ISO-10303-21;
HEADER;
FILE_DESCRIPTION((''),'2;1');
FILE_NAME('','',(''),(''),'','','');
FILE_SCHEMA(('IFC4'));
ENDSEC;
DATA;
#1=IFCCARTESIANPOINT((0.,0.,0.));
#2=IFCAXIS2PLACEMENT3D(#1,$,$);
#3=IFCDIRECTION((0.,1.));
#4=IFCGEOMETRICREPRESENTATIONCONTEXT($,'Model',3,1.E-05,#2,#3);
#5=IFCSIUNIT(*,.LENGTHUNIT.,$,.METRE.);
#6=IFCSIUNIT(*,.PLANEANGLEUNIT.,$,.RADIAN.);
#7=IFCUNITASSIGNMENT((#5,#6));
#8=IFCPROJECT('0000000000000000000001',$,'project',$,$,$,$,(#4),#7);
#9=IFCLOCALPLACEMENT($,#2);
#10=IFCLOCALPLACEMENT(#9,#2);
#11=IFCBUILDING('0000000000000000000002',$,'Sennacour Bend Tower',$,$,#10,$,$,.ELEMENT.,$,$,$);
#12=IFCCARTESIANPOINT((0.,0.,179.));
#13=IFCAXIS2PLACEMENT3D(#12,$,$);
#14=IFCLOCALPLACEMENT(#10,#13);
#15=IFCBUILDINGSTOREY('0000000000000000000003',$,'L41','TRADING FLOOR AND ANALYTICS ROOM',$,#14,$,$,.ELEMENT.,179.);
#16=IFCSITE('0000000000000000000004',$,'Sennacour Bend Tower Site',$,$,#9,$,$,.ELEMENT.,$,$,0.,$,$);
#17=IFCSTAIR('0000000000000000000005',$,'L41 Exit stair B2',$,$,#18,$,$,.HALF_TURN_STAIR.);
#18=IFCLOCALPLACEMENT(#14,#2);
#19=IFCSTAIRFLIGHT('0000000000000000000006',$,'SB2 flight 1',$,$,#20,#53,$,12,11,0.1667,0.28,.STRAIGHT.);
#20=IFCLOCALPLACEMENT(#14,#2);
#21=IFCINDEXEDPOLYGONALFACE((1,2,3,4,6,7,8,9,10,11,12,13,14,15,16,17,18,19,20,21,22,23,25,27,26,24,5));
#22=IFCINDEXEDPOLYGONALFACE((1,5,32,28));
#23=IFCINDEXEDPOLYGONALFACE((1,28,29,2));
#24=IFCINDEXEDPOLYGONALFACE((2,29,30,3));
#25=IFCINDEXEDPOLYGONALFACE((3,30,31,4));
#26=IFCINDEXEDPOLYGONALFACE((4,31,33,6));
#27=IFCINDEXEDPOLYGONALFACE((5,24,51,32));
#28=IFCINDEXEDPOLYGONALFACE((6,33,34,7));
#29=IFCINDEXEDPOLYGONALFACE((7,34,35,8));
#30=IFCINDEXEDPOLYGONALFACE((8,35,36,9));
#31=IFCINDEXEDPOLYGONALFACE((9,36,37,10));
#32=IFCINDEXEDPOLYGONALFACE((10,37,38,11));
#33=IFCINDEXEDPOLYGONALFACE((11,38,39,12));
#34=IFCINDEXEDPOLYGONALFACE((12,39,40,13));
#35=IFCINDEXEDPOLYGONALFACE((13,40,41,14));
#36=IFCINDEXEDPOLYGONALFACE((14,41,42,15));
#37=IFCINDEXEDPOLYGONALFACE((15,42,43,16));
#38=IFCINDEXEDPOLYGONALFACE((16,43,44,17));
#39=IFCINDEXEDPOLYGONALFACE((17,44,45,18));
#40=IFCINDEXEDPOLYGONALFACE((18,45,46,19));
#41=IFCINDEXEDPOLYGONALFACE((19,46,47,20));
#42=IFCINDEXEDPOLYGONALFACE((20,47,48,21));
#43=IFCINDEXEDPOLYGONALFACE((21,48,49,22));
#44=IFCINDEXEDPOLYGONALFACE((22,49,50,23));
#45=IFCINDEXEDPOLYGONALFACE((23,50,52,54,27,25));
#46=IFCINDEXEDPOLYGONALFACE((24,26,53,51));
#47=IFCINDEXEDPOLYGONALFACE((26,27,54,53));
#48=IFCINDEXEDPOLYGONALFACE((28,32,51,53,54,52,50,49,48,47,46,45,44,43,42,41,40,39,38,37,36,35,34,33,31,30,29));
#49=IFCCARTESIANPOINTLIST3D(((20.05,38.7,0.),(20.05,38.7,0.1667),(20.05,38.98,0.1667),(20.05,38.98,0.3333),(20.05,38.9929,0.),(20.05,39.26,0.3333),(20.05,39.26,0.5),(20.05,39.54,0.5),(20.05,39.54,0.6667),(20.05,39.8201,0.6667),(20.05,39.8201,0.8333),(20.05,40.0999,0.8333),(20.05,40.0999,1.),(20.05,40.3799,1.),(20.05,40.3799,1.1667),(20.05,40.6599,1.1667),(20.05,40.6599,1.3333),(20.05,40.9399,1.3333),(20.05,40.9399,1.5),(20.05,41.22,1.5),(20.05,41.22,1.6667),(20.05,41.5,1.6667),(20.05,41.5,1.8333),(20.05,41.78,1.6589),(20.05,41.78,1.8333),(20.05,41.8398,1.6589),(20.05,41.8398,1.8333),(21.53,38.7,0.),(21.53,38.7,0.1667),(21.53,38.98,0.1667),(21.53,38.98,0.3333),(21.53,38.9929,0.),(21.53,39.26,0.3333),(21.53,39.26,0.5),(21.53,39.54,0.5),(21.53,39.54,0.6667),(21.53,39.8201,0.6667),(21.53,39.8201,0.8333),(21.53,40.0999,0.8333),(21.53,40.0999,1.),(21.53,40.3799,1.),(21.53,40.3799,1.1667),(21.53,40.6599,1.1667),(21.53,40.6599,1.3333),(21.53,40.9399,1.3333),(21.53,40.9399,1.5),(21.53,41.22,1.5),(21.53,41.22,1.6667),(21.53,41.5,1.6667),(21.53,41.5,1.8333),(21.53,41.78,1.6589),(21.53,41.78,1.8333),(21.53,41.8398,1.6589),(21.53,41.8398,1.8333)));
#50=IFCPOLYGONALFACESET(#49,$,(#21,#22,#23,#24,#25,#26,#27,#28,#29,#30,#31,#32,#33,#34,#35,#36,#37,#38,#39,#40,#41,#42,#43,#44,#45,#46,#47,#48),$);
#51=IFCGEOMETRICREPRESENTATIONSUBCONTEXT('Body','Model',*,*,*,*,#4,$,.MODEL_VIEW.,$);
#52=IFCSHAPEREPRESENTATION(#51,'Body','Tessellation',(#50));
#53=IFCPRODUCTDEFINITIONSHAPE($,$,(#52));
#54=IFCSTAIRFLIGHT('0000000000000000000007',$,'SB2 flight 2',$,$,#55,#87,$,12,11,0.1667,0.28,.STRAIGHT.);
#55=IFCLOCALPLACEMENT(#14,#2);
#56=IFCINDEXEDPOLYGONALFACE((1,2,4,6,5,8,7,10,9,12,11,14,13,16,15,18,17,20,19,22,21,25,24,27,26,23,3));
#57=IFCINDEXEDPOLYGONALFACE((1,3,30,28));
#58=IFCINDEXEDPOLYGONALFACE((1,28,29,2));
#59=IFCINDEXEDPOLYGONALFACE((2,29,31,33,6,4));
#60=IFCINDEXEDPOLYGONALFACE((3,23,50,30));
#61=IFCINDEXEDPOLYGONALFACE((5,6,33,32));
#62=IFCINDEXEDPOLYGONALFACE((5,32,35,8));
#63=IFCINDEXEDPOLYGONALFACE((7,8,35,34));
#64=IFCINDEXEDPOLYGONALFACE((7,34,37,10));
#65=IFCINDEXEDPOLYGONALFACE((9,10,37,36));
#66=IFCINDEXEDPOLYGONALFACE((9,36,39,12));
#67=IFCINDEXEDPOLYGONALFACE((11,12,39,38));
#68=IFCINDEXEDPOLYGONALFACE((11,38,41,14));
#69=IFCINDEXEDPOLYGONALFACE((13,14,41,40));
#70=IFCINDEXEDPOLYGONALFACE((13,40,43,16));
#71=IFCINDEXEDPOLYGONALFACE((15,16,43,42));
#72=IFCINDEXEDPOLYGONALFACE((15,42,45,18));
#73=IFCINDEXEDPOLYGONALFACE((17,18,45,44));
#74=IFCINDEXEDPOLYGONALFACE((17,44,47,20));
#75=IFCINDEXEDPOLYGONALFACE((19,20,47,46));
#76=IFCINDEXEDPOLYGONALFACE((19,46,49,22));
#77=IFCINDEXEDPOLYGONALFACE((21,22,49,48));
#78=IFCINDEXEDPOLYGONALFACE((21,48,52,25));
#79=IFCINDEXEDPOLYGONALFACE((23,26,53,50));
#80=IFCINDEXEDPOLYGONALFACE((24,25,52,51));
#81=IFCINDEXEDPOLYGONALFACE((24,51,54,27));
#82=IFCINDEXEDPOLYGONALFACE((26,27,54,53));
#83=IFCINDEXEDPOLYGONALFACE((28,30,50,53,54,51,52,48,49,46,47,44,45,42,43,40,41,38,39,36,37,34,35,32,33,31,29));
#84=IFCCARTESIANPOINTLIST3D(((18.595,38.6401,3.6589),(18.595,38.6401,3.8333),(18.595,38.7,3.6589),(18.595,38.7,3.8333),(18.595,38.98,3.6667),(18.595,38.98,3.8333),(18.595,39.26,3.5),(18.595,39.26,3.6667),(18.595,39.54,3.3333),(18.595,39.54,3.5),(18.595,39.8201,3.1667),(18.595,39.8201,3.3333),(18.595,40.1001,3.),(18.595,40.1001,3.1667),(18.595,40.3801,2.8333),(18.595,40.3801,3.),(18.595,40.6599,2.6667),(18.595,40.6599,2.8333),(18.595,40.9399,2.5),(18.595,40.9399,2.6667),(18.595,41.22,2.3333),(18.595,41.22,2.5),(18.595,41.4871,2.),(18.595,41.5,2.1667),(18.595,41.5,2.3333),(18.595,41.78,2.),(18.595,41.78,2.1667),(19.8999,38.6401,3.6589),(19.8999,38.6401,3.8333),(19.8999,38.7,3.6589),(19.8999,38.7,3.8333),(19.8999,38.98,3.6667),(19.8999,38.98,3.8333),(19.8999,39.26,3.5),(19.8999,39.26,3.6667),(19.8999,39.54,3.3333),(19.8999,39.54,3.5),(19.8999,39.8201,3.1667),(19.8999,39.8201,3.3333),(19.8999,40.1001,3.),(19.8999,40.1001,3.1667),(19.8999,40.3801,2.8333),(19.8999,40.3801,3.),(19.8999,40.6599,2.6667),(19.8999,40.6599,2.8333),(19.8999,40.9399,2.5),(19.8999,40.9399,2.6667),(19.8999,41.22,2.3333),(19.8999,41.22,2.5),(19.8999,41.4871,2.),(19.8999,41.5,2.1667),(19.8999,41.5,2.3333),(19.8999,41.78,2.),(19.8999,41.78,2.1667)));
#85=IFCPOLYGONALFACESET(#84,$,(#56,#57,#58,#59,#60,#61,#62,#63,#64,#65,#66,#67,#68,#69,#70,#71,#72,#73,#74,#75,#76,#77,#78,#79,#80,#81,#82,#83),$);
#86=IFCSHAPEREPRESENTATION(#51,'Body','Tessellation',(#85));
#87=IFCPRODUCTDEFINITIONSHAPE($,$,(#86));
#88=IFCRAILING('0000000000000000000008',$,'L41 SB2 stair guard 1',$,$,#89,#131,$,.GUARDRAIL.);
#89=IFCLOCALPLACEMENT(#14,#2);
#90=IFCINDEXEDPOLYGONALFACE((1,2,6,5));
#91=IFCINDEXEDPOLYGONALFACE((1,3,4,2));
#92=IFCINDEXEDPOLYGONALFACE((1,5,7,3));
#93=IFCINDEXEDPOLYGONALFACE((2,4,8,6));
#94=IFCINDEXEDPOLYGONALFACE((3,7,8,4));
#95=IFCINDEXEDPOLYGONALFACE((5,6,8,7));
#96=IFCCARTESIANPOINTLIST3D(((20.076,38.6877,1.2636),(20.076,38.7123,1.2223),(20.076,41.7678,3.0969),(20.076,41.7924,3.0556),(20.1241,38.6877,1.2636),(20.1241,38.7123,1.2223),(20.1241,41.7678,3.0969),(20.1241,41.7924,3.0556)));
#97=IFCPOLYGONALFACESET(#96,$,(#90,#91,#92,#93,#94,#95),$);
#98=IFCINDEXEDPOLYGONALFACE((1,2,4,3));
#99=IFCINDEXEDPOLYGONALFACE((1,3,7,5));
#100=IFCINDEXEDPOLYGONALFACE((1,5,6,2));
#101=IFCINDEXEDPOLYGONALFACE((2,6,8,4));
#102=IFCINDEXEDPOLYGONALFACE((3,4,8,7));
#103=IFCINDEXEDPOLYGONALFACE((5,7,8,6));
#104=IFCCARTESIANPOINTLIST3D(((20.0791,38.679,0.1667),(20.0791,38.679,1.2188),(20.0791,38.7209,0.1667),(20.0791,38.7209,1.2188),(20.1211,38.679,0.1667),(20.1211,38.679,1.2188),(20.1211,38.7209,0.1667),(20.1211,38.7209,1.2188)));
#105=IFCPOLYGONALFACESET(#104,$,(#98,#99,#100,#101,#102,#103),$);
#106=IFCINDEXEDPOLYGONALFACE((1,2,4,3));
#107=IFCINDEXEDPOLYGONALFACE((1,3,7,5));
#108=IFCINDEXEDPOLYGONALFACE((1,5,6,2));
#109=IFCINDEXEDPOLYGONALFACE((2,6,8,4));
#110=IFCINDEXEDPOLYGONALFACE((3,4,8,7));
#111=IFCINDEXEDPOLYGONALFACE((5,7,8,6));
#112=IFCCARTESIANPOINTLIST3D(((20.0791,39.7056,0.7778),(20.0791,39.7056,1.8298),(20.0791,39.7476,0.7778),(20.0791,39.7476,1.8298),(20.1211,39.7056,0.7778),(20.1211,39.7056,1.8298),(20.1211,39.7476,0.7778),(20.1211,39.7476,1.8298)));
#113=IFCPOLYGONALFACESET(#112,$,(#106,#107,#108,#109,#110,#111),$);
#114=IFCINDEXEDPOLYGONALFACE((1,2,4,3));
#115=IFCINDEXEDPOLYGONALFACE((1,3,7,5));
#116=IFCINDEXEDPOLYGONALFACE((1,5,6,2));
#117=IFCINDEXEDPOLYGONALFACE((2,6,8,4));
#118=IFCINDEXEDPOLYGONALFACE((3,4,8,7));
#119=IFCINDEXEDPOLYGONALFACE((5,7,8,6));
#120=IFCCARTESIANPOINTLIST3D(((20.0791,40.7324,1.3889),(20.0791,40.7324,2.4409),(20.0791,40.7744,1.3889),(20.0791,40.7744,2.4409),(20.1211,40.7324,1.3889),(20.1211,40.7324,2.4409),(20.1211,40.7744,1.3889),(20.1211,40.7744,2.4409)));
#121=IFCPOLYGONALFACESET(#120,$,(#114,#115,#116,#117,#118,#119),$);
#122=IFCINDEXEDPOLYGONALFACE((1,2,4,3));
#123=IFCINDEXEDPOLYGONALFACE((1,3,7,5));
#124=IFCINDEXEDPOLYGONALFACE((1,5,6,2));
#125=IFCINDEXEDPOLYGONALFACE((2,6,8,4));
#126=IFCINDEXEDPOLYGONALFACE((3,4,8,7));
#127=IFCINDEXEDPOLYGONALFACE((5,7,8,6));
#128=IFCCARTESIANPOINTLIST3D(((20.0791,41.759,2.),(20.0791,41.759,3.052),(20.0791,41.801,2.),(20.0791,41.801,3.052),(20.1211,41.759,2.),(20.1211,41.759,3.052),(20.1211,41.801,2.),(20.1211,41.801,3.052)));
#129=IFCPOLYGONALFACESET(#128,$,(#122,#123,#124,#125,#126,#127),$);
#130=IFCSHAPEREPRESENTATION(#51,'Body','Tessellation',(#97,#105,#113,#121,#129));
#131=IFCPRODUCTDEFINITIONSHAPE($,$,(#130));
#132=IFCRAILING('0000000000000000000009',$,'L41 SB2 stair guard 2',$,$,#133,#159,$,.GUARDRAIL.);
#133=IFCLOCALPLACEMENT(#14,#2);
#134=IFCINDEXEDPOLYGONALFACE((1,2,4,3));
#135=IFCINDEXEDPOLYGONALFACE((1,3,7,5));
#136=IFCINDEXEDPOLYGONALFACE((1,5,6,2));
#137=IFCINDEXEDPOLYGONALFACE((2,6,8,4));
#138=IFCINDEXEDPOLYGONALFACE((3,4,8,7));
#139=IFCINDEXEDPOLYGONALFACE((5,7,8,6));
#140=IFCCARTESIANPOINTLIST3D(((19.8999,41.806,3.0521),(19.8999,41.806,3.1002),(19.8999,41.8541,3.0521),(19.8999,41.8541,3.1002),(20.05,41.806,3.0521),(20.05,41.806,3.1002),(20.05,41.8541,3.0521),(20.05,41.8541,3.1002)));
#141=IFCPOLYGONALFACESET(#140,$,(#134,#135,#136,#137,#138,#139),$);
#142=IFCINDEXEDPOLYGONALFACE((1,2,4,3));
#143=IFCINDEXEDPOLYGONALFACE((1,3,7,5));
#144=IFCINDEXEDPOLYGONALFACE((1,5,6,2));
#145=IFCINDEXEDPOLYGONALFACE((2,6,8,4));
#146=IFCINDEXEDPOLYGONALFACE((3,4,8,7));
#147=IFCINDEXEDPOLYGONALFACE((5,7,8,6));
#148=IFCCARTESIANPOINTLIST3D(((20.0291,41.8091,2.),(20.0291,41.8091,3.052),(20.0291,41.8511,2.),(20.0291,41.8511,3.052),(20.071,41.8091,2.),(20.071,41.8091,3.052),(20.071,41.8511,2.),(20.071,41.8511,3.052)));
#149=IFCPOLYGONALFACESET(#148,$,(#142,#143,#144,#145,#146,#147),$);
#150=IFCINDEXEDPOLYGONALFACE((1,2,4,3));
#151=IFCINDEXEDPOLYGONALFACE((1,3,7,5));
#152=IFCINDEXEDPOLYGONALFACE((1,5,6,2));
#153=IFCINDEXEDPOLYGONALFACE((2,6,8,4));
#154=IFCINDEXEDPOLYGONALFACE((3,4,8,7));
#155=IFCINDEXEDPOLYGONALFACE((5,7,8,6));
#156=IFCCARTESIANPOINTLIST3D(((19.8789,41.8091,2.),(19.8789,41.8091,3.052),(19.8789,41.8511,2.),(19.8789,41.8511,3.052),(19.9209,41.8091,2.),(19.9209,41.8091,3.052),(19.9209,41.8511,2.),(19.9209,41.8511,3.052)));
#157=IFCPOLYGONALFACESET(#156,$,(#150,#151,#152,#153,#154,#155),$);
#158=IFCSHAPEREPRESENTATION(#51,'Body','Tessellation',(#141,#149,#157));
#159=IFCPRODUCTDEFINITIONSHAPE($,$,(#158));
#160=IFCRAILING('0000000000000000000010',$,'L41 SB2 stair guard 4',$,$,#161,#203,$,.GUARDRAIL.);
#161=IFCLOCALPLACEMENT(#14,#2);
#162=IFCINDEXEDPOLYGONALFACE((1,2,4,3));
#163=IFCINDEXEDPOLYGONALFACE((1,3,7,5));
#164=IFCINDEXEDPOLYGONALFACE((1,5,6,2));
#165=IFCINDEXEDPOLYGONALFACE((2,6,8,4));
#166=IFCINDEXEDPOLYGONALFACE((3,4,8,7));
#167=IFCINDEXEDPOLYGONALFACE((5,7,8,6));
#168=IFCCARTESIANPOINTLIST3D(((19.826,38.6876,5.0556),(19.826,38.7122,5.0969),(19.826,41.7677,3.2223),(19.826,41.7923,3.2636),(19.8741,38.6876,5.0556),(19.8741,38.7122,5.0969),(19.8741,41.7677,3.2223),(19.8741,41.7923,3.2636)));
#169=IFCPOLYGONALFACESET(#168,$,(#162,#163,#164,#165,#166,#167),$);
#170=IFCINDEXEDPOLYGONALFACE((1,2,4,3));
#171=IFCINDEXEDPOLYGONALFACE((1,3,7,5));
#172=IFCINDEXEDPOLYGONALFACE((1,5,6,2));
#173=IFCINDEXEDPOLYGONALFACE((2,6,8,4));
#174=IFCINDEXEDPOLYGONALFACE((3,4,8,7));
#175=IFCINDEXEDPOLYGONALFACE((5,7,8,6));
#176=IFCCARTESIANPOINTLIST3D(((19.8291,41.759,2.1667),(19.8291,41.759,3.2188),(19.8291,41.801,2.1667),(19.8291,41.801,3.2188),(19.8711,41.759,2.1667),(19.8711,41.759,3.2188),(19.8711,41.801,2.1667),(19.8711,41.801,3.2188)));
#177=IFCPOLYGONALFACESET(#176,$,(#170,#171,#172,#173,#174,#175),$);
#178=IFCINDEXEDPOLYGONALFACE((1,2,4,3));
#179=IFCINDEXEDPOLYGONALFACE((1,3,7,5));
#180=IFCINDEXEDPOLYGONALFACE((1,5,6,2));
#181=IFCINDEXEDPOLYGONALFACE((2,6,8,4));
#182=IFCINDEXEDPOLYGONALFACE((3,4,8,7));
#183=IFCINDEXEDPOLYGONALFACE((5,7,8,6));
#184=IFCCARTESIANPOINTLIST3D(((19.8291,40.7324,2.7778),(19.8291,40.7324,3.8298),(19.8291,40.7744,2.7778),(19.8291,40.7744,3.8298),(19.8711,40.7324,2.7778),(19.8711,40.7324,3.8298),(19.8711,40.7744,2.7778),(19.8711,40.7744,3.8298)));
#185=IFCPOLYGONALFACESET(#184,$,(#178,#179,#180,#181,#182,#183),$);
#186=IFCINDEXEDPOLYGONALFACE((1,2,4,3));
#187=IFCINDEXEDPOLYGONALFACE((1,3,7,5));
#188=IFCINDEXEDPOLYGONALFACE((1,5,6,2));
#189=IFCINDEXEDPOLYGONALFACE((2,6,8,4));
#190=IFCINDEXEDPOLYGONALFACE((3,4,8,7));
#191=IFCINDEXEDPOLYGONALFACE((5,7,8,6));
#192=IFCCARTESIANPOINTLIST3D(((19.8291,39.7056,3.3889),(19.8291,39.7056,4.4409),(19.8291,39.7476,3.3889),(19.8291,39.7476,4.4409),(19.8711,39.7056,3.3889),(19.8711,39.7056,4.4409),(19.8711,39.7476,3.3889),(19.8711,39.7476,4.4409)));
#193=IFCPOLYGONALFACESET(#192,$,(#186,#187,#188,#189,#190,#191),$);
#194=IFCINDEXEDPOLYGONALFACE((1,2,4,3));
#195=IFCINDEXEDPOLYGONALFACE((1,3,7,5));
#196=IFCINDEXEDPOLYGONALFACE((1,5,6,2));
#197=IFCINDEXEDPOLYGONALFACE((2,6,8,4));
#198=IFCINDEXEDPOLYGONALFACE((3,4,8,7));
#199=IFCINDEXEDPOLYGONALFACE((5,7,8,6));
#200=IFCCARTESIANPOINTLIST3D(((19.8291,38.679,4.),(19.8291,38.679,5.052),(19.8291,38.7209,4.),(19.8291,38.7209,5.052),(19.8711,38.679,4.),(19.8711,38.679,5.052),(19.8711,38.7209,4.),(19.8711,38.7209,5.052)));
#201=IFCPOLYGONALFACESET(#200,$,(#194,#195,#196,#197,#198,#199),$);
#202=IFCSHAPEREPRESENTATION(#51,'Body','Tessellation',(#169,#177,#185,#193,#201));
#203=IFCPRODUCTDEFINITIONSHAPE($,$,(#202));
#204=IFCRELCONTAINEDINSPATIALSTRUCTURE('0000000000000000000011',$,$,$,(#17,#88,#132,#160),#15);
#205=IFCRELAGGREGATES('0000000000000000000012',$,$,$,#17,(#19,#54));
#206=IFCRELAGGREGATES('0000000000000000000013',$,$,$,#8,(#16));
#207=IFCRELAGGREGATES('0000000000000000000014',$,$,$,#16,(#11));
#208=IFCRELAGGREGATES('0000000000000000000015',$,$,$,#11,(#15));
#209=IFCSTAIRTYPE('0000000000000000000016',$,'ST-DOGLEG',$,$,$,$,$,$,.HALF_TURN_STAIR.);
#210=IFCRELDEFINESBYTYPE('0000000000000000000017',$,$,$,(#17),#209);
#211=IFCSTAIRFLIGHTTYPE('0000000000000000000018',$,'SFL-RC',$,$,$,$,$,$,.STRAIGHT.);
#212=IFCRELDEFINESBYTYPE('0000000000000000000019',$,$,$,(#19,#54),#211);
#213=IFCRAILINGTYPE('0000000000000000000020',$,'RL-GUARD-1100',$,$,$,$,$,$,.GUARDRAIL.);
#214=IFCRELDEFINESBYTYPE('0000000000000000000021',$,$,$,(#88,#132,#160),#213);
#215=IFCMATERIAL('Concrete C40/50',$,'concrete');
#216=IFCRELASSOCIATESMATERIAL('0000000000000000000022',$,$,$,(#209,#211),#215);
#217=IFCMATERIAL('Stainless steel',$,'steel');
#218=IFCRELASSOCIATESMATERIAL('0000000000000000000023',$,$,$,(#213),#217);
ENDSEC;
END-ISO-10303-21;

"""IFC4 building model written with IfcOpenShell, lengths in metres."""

from ifc_helpers import new_model, si_unit, direction, frame, origin, origin_2d, place, context, subcontext, project, spatial, polyline, rectangle, outline, extrude, material, type_object, element, aggregate, save


model = new_model("IFC4")

# Units and contexts
model_context = context("Model", 3, precision=1e-05, world=origin(), true_north=direction((0.0, 1.0)))
body_context = subcontext(model_context, "Body", "Model", "MODEL_VIEW")
ifc_project = project(units=[si_unit("LENGTHUNIT", "METRE"), si_unit("PLANEANGLEUNIT", "RADIAN")], contexts=[model_context])

# Site, building, storey
site_placement = place(None, origin())
site = spatial("IfcSite", under=ifc_project, at=site_placement, Name="Sennacour Bend Tower Site", CompositionType="ELEMENT", RefElevation=0.0)
building_placement = place(site_placement, origin())
building = spatial("IfcBuilding", under=site, at=building_placement, Name="Sennacour Bend Tower", CompositionType="ELEMENT")
storey_placement = place(building_placement, frame((0.0, 0.0, 179.0)))
storey = spatial("IfcBuildingStorey", under=building, at=storey_placement, Name="L41", Description="TRADING FLOOR AND ANALYTICS ROOM", CompositionType="ELEMENT", Elevation=179.0)

# Shared definitions
ifc_material_1 = material(Name="Stainless steel", Category="steel")

# Stair, stair flights
ifc_material_2 = material(Name="Concrete C40/50", Category="concrete")
stair_type = type_object("IfcStairType", Name="ST-DOGLEG", PredefinedType="HALF_TURN_STAIR", material=ifc_material_2)
stair_placement = place(storey_placement, origin())
stair = element("IfcStair", 1, at=stair_placement, inside=storey, type_object=stair_type, Name="L41 Exit stair B2", PredefinedType="HALF_TURN_STAIR")
stair_flight_type = type_object("IfcStairFlightType", Name="SFL-RC", PredefinedType="STRAIGHT", material=ifc_material_2)
stair_flight_1_placement = place(storey_placement, frame((20.79, 38.7, 0.0), z_axis=(0.0, 0.0, 1.0), x_axis=(0.0, 1.0, 0.0)))
stair_flight_1 = element("IfcStairFlight", 2, at=stair_flight_1_placement, type_object=stair_flight_type, Name="SB2 flight 1", NumberOfRisers=12, NumberOfTreads=11, PredefinedType="STRAIGHT", RiserHeight=0.1667, TreadLength=0.28, context=body_context, shape_type="SweptSolid", body=[
    extrude(outline(polyline([(0.0, 0.0), (0.0, 0.1667), (0.28, 0.1667), (0.28, 0.3333), (0.5601, 0.3333), (0.5601, 0.5), (0.8401, 0.5), (0.8401, 0.6667), (1.1201, 0.6667), (1.1201, 0.8333), (1.3999, 0.8333), (1.3999, 1.0), (1.6799, 1.0), (1.6799, 1.1667), (1.96, 1.1667), (1.96, 1.3333), (2.24, 1.3333), (2.24, 1.5), (2.52, 1.5), (2.52, 1.6667), (2.8, 1.6667), (2.8, 1.8333), (3.0801, 1.8333), (3.1399, 1.8333), (3.1399, 1.6589), (3.0801, 1.6589), (0.293, 0.0), (0.0, 0.0)])), frame((0.0, 0.74, 0.0), z_axis=(0.0, -1.0, 0.0), x_axis=(1.0, 0.0, 0.0)), (0.0, 0.0, 1.0), 1.48),
])
stair_flight_2_placement = place(storey_placement, frame((19.2476, 41.78, 2.0), z_axis=(0.0, 0.0, 1.0), x_axis=(0.0, -1.0, 0.0)))
stair_flight_2 = element("IfcStairFlight", 3, at=stair_flight_2_placement, type_object=stair_flight_type, Name="SB2 flight 2", NumberOfRisers=12, NumberOfTreads=11, PredefinedType="STRAIGHT", RiserHeight=0.1667, TreadLength=0.28, context=body_context, shape_type="SweptSolid", body=[
    extrude(outline(polyline([(0.0, 0.0), (0.0, 0.1667), (0.28, 0.1667), (0.28, 0.3333), (0.5601, 0.3333), (0.5601, 0.5), (0.8401, 0.5), (0.8401, 0.6667), (1.1201, 0.6667), (1.1201, 0.8333), (1.3999, 0.8333), (1.3999, 1.0), (1.6799, 1.0), (1.6799, 1.1667), (1.96, 1.1667), (1.96, 1.3333), (2.24, 1.3333), (2.24, 1.5), (2.52, 1.5), (2.52, 1.6667), (2.8, 1.6667), (2.8, 1.8333), (3.0801, 1.8333), (3.1399, 1.8333), (3.1399, 1.6589), (3.0801, 1.6589), (0.293, 0.0), (0.0, 0.0)])), frame((0.0, 0.6523, 0.0), z_axis=(0.0, -1.0, 0.0), x_axis=(1.0, 0.0, 0.0)), (0.0, 0.0, 1.0), 1.3049),
])
aggregate(stair, [stair_flight_1, stair_flight_2])

# Railings
railing_type_1 = type_object("IfcRailingType", Name="RL-GUARD-1100", PredefinedType="GUARDRAIL", material=ifc_material_1)
railing_1_placement = place(storey_placement, frame((20.1001, 38.7, 0.1667)))
element("IfcRailing", 4, at=railing_1_placement, inside=storey, type_object=railing_type_1, Name="L41 SB2 stair guard 1", PredefinedType="GUARDRAIL", context=body_context, shape_type="SweptSolid", body=[
    extrude(rectangle(XDim=0.0481, YDim=0.0481, at=origin_2d()), frame((0.0, 0.0, 1.0762), z_axis=(0.0, 0.859309, 0.511458), x_axis=(-1.0, 0.0, 0.0)), (0.0, 0.0, 1.0), 3.5845),
    extrude(rectangle(XDim=0.042, YDim=0.042, at=origin_2d()), origin(), (0.0, 0.0, 1.0), 1.052),
    extrude(rectangle(XDim=0.042, YDim=0.042, at=origin_2d()), frame((0.0, 1.0266, 0.6111)), (0.0, 0.0, 1.0), 1.052),
    extrude(rectangle(XDim=0.042, YDim=0.042, at=origin_2d()), frame((0.0, 2.0535, 1.2222)), (0.0, 0.0, 1.0), 1.052),
    extrude(rectangle(XDim=0.042, YDim=0.042, at=origin_2d()), frame((0.0, 3.0801, 1.8333)), (0.0, 0.0, 1.0), 1.052),
])
railing_2_placement = place(storey_placement, frame((20.05, 41.8301, 2.0)))
element("IfcRailing", 5, at=railing_2_placement, inside=storey, type_object=railing_type_1, Name="L41 SB2 stair guard 2", PredefinedType="GUARDRAIL", context=body_context, shape_type="SweptSolid", body=[
    extrude(rectangle(XDim=0.0481, YDim=0.0481, at=origin_2d()), frame((0.0, 0.0, 1.0762), z_axis=(-1.0, 0.0, 0.0), x_axis=(0.0, -1.0, 0.0)), (0.0, 0.0, 1.0), 0.1501),
    extrude(rectangle(XDim=0.042, YDim=0.042, at=origin_2d()), origin(), (0.0, 0.0, 1.0), 1.052),
    extrude(rectangle(XDim=0.042, YDim=0.042, at=origin_2d()), frame((-0.1501, 0.0, 0.0)), (0.0, 0.0, 1.0), 1.052),
])
railing_3_placement = place(storey_placement, frame((19.8501, 41.78, 2.1667)))
element("IfcRailing", 6, at=railing_3_placement, inside=storey, type_object=railing_type_1, Name="L41 SB2 stair guard 4", PredefinedType="GUARDRAIL", context=body_context, shape_type="SweptSolid", body=[
    extrude(rectangle(XDim=0.0481, YDim=0.0481, at=origin_2d()), frame((0.0, 0.0, 1.0762), z_axis=(0.0, -0.859309, 0.511458), x_axis=(1.0, 0.0, 0.0)), (0.0, 0.0, 1.0), 3.5845),
    extrude(rectangle(XDim=0.042, YDim=0.042, at=origin_2d()), origin(), (0.0, 0.0, 1.0), 1.052),
    extrude(rectangle(XDim=0.042, YDim=0.042, at=origin_2d()), frame((0.0, -1.0266, 0.6111)), (0.0, 0.0, 1.0), 1.052),
    extrude(rectangle(XDim=0.042, YDim=0.042, at=origin_2d()), frame((0.0, -2.0535, 1.2222)), (0.0, 0.0, 1.0), 1.052),
    extrude(rectangle(XDim=0.042, YDim=0.042, at=origin_2d()), frame((0.0, -3.0801, 1.8333)), (0.0, 0.0, 1.0), 1.052),
])

save(model, "model.ifc")
